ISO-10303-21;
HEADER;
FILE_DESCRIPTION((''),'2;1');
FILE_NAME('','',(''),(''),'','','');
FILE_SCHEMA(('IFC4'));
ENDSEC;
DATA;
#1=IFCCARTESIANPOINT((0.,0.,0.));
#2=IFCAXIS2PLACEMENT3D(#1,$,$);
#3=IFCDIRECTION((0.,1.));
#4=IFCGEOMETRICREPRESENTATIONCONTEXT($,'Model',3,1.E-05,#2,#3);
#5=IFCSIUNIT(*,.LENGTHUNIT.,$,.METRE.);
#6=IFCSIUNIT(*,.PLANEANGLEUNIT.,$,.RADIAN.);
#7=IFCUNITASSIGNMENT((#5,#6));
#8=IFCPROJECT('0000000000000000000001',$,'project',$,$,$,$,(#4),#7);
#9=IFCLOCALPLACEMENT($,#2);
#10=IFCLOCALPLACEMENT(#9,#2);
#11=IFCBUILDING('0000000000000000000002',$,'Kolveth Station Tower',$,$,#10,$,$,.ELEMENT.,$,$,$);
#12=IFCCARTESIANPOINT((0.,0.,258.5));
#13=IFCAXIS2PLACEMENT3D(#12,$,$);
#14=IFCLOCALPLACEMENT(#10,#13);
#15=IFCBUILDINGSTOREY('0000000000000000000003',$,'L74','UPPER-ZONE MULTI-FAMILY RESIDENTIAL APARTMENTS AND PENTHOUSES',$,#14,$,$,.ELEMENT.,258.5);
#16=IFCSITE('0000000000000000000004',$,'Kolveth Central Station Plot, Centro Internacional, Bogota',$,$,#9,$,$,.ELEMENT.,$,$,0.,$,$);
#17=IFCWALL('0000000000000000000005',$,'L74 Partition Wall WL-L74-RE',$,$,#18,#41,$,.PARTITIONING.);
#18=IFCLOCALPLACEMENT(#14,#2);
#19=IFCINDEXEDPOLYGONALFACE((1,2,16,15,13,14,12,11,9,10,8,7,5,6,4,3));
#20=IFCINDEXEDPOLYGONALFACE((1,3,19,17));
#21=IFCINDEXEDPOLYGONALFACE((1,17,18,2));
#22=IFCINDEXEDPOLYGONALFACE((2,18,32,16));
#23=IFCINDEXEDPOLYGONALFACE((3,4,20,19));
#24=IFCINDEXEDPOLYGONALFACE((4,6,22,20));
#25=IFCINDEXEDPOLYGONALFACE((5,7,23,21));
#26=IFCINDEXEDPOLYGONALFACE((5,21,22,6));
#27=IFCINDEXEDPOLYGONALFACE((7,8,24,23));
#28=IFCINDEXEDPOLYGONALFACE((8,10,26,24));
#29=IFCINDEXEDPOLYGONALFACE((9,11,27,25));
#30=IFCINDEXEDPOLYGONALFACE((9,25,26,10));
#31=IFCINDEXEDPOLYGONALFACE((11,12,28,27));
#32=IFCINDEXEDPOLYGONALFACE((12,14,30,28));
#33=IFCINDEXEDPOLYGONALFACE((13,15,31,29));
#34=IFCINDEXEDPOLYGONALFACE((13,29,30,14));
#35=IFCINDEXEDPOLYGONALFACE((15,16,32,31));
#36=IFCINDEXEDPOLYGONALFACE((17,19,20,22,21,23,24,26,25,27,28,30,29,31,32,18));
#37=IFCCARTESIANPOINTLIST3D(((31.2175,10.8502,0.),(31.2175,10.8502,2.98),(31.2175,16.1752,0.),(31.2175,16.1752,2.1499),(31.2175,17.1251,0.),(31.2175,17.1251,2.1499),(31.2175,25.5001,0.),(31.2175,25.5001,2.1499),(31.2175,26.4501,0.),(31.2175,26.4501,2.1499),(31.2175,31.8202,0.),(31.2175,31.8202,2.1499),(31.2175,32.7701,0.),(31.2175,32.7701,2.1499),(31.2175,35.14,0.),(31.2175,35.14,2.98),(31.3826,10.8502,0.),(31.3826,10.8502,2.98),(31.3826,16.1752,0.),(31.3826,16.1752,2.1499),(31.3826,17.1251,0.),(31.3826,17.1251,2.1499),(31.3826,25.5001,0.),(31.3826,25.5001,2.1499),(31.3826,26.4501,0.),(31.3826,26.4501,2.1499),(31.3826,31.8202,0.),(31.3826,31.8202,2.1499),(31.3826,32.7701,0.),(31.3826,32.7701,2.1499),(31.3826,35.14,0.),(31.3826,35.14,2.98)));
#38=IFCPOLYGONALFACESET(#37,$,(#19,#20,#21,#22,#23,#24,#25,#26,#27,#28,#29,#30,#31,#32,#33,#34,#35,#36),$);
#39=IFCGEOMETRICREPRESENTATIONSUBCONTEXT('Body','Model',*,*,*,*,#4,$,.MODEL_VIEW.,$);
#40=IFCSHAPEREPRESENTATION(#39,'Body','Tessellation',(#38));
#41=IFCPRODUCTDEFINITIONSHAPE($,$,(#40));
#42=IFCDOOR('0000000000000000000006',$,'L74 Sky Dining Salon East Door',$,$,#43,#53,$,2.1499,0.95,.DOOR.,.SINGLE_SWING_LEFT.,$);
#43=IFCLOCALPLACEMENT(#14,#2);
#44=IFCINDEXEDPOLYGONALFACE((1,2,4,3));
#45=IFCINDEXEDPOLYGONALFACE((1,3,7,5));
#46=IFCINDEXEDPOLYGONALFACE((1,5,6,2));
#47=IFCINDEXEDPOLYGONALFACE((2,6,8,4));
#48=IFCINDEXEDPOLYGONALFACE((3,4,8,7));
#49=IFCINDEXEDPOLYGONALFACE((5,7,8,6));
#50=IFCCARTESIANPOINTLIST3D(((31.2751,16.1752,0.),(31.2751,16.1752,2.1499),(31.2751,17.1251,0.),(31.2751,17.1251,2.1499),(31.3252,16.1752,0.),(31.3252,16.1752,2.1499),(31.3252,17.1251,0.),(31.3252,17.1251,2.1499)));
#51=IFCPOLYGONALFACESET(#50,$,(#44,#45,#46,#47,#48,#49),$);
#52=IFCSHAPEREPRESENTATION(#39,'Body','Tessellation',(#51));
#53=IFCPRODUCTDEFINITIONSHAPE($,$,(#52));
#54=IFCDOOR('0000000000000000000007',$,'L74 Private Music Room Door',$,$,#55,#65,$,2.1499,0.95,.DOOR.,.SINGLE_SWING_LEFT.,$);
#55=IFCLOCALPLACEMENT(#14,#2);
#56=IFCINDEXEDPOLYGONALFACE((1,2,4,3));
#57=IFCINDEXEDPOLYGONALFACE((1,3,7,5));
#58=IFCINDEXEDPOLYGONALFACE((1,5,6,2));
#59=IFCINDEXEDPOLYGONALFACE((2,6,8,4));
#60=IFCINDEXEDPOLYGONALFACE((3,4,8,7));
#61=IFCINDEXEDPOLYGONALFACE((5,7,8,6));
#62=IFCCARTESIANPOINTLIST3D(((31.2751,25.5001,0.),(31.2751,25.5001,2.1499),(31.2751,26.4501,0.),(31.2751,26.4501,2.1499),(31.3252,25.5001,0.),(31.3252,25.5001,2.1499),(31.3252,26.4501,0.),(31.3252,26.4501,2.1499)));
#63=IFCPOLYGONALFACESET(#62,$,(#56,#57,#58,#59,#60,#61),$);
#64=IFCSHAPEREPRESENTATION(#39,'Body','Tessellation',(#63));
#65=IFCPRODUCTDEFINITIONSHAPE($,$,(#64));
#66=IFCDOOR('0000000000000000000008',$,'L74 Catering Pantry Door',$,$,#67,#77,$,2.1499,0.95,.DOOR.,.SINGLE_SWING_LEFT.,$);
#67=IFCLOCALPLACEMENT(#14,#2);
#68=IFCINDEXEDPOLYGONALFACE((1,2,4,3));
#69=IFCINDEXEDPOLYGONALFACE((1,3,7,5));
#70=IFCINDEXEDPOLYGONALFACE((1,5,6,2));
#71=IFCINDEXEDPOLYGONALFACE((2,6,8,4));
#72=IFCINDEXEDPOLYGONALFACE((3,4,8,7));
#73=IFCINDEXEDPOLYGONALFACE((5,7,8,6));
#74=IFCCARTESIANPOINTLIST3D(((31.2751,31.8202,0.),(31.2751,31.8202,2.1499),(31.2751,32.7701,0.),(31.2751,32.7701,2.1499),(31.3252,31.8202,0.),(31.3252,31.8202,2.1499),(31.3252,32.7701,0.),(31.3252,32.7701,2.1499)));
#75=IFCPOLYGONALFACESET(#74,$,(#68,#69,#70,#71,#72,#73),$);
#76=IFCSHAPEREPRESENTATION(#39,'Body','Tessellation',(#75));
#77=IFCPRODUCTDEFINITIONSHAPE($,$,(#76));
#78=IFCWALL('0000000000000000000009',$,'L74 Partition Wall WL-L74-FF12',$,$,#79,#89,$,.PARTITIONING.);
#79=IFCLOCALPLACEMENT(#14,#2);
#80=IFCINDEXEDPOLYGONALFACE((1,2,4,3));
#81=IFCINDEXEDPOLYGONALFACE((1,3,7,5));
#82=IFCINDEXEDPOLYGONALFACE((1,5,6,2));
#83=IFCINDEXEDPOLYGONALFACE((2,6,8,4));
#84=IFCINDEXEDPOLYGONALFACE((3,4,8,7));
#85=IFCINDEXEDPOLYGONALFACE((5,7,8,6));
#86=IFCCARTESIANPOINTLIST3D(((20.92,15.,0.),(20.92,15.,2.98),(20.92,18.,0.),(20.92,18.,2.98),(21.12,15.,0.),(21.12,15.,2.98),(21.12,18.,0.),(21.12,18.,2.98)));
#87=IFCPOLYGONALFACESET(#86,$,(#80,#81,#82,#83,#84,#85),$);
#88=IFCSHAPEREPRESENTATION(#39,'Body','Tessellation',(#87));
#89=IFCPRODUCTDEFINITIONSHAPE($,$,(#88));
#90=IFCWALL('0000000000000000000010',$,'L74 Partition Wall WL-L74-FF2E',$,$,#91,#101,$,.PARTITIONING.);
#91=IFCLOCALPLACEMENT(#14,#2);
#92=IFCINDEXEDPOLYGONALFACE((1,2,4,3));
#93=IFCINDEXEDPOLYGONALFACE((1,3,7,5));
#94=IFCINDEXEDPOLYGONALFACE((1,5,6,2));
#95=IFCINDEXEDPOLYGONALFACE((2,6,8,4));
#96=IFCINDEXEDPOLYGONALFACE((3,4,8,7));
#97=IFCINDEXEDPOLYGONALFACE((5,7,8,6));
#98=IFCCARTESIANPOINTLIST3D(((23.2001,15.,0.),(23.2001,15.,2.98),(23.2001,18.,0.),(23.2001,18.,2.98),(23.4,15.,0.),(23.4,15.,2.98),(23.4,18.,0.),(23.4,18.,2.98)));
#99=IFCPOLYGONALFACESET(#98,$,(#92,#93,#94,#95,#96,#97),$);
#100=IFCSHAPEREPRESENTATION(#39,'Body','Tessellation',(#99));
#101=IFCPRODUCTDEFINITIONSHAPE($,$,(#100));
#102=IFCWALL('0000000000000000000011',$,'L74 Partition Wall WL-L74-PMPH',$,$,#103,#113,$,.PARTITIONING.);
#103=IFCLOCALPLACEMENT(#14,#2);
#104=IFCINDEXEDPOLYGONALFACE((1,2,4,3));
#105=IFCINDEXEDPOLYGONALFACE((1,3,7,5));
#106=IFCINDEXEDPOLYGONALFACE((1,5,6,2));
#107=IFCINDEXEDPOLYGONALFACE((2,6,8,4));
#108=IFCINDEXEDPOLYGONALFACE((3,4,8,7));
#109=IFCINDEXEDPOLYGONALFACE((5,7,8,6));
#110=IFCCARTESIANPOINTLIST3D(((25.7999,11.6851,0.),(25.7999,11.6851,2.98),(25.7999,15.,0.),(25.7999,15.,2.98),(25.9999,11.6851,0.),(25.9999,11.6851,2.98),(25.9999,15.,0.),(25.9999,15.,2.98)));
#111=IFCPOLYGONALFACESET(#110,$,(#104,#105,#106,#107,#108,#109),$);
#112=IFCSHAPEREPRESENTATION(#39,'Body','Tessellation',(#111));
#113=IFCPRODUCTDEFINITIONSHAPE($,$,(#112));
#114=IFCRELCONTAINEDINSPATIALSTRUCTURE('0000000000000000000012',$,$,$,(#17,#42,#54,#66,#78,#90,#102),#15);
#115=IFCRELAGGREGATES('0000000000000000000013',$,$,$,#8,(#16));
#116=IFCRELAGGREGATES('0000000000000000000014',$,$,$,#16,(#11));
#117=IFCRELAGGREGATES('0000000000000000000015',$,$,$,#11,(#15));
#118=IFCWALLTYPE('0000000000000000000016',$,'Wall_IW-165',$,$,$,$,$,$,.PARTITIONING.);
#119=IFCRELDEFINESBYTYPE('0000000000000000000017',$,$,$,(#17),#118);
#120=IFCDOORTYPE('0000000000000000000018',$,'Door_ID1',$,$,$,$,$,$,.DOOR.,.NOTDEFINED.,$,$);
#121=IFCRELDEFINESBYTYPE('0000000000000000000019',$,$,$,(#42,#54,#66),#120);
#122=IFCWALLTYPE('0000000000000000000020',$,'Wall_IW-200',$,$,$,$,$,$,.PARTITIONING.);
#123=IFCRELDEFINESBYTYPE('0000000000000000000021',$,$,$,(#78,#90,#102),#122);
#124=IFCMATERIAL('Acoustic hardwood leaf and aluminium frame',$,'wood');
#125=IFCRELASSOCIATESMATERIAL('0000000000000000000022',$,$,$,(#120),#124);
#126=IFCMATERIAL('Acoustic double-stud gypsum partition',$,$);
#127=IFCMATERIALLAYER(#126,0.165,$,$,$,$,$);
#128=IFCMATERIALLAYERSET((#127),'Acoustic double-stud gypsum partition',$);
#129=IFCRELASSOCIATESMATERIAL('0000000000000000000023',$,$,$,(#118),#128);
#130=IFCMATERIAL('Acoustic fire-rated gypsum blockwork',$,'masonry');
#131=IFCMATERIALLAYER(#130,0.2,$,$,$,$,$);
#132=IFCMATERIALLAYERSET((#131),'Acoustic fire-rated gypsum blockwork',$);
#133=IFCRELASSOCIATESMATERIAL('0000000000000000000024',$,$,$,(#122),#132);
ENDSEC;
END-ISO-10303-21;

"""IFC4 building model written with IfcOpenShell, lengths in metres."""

from ifc_helpers import new_model, si_unit, direction, frame, frame_2d, origin, place, context, subcontext, project, spatial, rectangle, extrude, material, layer, layer_set, type_object, element, fill, save


model = new_model("IFC4")

# Units and contexts
model_context = context("Model", 3, precision=1e-05, world=origin(), true_north=direction((0.0, 1.0)))
body_context = subcontext(model_context, "Body", "Model", "MODEL_VIEW")
ifc_project = project(units=[si_unit("LENGTHUNIT", "METRE"), si_unit("PLANEANGLEUNIT", "RADIAN")], contexts=[model_context])

# Site, building, storey
site_placement = place(None, origin())
site = spatial("IfcSite", under=ifc_project, at=site_placement, Name="Kolveth Central Station Plot, Centro Internacional, Bogota", CompositionType="ELEMENT", RefElevation=0.0)
building_placement = place(site_placement, origin())
building = spatial("IfcBuilding", under=site, at=building_placement, Name="Kolveth Station Tower", CompositionType="ELEMENT")
storey_placement = place(building_placement, frame((0.0, 0.0, 258.5)))
storey = spatial("IfcBuildingStorey", under=building, at=storey_placement, Name="L74", Description="UPPER-ZONE MULTI-FAMILY RESIDENTIAL APARTMENTS AND PENTHOUSES", CompositionType="ELEMENT", Elevation=258.5)

# Shared definitions
ifc_material_1 = material(Name="Acoustic hardwood leaf and aluminium frame", Category="wood")
door_type_1 = type_object("IfcDoorType", Name="Door_ID1", OperationType="NOTDEFINED", PredefinedType="DOOR", material=ifc_material_1)

# Shared definitions
ifc_material_2 = material(Name="Acoustic double-stud gypsum partition")
ifc_layer_1 = layer(ifc_material_2, 0.165)
ifc_layer_set_1 = layer_set([ifc_layer_1], Name="Acoustic double-stud gypsum partition")
wall_type_1 = type_object("IfcWallType", Name="Wall_IW-165", PredefinedType="PARTITIONING", material=ifc_layer_set_1)

# Wall, openings, doors
wall_1_placement = place(storey_placement, frame((31.3, 10.8501, 0.0), z_axis=(0.0, 0.0, 1.0), x_axis=(0.0, 1.0, 0.0)))
wall_1 = element("IfcWall", 1, at=wall_1_placement, inside=storey, type_object=wall_type_1, Name="L74 Partition Wall WL-L74-RE", PredefinedType="PARTITIONING", context=body_context, shape_type="SweptSolid", body=[
    extrude(rectangle(XDim=24.2898, YDim=0.165, at=frame_2d((12.145, 0.0))), origin(), (0.0, 0.0, 1.0), 2.98),
])
opening_1_placement = place(wall_1_placement, frame((5.325, 0.0, 0.0)))
opening_1 = element("IfcOpeningElement", 2, at=opening_1_placement, cuts=wall_1, PredefinedType="OPENING", context=body_context, shape_type="SweptSolid", body=[
    extrude(rectangle(XDim=0.95, YDim=2.1499, at=frame_2d((0.4751, 1.075))), frame((0.0, 0.0925, 0.0), z_axis=(0.0, -1.0, 0.0), x_axis=(1.0, 0.0, 0.0)), (0.0, 0.0, 1.0), 0.1851),
])
opening_2_placement = place(wall_1_placement, frame((14.6499, 0.0, 0.0)))
opening_2 = element("IfcOpeningElement", 3, at=opening_2_placement, cuts=wall_1, PredefinedType="OPENING", context=body_context, shape_type="SweptSolid", body=[
    extrude(rectangle(XDim=0.95, YDim=2.1499, at=frame_2d((0.4751, 1.075))), frame((0.0, 0.0925, 0.0), z_axis=(0.0, -1.0, 0.0), x_axis=(1.0, 0.0, 0.0)), (0.0, 0.0, 1.0), 0.1851),
])
opening_3_placement = place(wall_1_placement, frame((20.97, 0.0, 0.0)))
opening_3 = element("IfcOpeningElement", 4, at=opening_3_placement, cuts=wall_1, PredefinedType="OPENING", context=body_context, shape_type="SweptSolid", body=[
    extrude(rectangle(XDim=0.95, YDim=2.1499, at=frame_2d((0.4751, 1.075))), frame((0.0, 0.0925, 0.0), z_axis=(0.0, -1.0, 0.0), x_axis=(1.0, 0.0, 0.0)), (0.0, 0.0, 1.0), 0.1851),
])
door_1_placement = place(opening_1_placement, origin())
door_1 = element("IfcDoor", 5, at=door_1_placement, inside=storey, type_object=door_type_1, Name="L74 Sky Dining Salon East Door", OperationType="SINGLE_SWING_LEFT", OverallHeight=2.1499, OverallWidth=0.95, PredefinedType="DOOR", context=body_context, shape_type="SweptSolid", body=[
    extrude(rectangle(XDim=0.95, YDim=2.1499, at=frame_2d((0.4751, 1.075))), frame((0.0, 0.0249, 0.0), z_axis=(0.0, -1.0, 0.0), x_axis=(1.0, 0.0, 0.0)), (0.0, 0.0, 1.0), 0.05),
])
fill(opening_1, door_1)
door_2_placement = place(opening_2_placement, origin())
door_2 = element("IfcDoor", 6, at=door_2_placement, inside=storey, type_object=door_type_1, Name="L74 Private Music Room Door", OperationType="SINGLE_SWING_LEFT", OverallHeight=2.1499, OverallWidth=0.95, PredefinedType="DOOR", context=body_context, shape_type="SweptSolid", body=[
    extrude(rectangle(XDim=0.95, YDim=2.1499, at=frame_2d((0.4751, 1.075))), frame((0.0, 0.0249, 0.0), z_axis=(0.0, -1.0, 0.0), x_axis=(1.0, 0.0, 0.0)), (0.0, 0.0, 1.0), 0.05),
])
fill(opening_2, door_2)
door_3_placement = place(opening_3_placement, origin())
door_3 = element("IfcDoor", 7, at=door_3_placement, inside=storey, type_object=door_type_1, Name="L74 Catering Pantry Door", OperationType="SINGLE_SWING_LEFT", OverallHeight=2.1499, OverallWidth=0.95, PredefinedType="DOOR", context=body_context, shape_type="SweptSolid", body=[
    extrude(rectangle(XDim=0.95, YDim=2.1499, at=frame_2d((0.4751, 1.075))), frame((0.0, 0.0249, 0.0), z_axis=(0.0, -1.0, 0.0), x_axis=(1.0, 0.0, 0.0)), (0.0, 0.0, 1.0), 0.05),
])
fill(opening_3, door_3)

# Walls
ifc_material_3 = material(Name="Acoustic fire-rated gypsum blockwork", Category="masonry")
ifc_layer_2 = layer(ifc_material_3, 0.2)
ifc_layer_set_2 = layer_set([ifc_layer_2], Name="Acoustic fire-rated gypsum blockwork")
wall_type_2 = type_object("IfcWallType", Name="Wall_IW-200", PredefinedType="PARTITIONING", material=ifc_layer_set_2)
for number, where, z_axis, x_axis, name in (
    (8, (21.02, 15.0, 0.0), (0.0, 0.0, 1.0), (0.0, 1.0, 0.0), "L74 Partition Wall WL-L74-FF12"),
    (9, (23.3, 15.0, 0.0), (0.0, 0.0, 1.0), (0.0, 1.0, 0.0), "L74 Partition Wall WL-L74-FF2E"),
):
    element("IfcWall", number, at=place(storey_placement, frame(where, z_axis=z_axis, x_axis=x_axis)), inside=storey, type_object=wall_type_2, Name=name, PredefinedType="PARTITIONING", context=body_context, shape_type="SweptSolid", body=[
        extrude(rectangle(XDim=3.0, YDim=0.2, at=frame_2d((1.5, 0.0))), origin(), (0.0, 0.0, 1.0), 2.98),
    ])
wall_2_placement = place(storey_placement, frame((25.8999, 11.6851, 0.0), z_axis=(0.0, 0.0, 1.0), x_axis=(0.0, 1.0, 0.0)))
element("IfcWall", 10, at=wall_2_placement, inside=storey, type_object=wall_type_2, Name="L74 Partition Wall WL-L74-PMPH", PredefinedType="PARTITIONING", context=body_context, shape_type="SweptSolid", body=[
    extrude(rectangle(XDim=3.3149, YDim=0.2, at=frame_2d((1.6575, 0.0))), origin(), (0.0, 0.0, 1.0), 2.98),
])

save(model, "model.ifc")
